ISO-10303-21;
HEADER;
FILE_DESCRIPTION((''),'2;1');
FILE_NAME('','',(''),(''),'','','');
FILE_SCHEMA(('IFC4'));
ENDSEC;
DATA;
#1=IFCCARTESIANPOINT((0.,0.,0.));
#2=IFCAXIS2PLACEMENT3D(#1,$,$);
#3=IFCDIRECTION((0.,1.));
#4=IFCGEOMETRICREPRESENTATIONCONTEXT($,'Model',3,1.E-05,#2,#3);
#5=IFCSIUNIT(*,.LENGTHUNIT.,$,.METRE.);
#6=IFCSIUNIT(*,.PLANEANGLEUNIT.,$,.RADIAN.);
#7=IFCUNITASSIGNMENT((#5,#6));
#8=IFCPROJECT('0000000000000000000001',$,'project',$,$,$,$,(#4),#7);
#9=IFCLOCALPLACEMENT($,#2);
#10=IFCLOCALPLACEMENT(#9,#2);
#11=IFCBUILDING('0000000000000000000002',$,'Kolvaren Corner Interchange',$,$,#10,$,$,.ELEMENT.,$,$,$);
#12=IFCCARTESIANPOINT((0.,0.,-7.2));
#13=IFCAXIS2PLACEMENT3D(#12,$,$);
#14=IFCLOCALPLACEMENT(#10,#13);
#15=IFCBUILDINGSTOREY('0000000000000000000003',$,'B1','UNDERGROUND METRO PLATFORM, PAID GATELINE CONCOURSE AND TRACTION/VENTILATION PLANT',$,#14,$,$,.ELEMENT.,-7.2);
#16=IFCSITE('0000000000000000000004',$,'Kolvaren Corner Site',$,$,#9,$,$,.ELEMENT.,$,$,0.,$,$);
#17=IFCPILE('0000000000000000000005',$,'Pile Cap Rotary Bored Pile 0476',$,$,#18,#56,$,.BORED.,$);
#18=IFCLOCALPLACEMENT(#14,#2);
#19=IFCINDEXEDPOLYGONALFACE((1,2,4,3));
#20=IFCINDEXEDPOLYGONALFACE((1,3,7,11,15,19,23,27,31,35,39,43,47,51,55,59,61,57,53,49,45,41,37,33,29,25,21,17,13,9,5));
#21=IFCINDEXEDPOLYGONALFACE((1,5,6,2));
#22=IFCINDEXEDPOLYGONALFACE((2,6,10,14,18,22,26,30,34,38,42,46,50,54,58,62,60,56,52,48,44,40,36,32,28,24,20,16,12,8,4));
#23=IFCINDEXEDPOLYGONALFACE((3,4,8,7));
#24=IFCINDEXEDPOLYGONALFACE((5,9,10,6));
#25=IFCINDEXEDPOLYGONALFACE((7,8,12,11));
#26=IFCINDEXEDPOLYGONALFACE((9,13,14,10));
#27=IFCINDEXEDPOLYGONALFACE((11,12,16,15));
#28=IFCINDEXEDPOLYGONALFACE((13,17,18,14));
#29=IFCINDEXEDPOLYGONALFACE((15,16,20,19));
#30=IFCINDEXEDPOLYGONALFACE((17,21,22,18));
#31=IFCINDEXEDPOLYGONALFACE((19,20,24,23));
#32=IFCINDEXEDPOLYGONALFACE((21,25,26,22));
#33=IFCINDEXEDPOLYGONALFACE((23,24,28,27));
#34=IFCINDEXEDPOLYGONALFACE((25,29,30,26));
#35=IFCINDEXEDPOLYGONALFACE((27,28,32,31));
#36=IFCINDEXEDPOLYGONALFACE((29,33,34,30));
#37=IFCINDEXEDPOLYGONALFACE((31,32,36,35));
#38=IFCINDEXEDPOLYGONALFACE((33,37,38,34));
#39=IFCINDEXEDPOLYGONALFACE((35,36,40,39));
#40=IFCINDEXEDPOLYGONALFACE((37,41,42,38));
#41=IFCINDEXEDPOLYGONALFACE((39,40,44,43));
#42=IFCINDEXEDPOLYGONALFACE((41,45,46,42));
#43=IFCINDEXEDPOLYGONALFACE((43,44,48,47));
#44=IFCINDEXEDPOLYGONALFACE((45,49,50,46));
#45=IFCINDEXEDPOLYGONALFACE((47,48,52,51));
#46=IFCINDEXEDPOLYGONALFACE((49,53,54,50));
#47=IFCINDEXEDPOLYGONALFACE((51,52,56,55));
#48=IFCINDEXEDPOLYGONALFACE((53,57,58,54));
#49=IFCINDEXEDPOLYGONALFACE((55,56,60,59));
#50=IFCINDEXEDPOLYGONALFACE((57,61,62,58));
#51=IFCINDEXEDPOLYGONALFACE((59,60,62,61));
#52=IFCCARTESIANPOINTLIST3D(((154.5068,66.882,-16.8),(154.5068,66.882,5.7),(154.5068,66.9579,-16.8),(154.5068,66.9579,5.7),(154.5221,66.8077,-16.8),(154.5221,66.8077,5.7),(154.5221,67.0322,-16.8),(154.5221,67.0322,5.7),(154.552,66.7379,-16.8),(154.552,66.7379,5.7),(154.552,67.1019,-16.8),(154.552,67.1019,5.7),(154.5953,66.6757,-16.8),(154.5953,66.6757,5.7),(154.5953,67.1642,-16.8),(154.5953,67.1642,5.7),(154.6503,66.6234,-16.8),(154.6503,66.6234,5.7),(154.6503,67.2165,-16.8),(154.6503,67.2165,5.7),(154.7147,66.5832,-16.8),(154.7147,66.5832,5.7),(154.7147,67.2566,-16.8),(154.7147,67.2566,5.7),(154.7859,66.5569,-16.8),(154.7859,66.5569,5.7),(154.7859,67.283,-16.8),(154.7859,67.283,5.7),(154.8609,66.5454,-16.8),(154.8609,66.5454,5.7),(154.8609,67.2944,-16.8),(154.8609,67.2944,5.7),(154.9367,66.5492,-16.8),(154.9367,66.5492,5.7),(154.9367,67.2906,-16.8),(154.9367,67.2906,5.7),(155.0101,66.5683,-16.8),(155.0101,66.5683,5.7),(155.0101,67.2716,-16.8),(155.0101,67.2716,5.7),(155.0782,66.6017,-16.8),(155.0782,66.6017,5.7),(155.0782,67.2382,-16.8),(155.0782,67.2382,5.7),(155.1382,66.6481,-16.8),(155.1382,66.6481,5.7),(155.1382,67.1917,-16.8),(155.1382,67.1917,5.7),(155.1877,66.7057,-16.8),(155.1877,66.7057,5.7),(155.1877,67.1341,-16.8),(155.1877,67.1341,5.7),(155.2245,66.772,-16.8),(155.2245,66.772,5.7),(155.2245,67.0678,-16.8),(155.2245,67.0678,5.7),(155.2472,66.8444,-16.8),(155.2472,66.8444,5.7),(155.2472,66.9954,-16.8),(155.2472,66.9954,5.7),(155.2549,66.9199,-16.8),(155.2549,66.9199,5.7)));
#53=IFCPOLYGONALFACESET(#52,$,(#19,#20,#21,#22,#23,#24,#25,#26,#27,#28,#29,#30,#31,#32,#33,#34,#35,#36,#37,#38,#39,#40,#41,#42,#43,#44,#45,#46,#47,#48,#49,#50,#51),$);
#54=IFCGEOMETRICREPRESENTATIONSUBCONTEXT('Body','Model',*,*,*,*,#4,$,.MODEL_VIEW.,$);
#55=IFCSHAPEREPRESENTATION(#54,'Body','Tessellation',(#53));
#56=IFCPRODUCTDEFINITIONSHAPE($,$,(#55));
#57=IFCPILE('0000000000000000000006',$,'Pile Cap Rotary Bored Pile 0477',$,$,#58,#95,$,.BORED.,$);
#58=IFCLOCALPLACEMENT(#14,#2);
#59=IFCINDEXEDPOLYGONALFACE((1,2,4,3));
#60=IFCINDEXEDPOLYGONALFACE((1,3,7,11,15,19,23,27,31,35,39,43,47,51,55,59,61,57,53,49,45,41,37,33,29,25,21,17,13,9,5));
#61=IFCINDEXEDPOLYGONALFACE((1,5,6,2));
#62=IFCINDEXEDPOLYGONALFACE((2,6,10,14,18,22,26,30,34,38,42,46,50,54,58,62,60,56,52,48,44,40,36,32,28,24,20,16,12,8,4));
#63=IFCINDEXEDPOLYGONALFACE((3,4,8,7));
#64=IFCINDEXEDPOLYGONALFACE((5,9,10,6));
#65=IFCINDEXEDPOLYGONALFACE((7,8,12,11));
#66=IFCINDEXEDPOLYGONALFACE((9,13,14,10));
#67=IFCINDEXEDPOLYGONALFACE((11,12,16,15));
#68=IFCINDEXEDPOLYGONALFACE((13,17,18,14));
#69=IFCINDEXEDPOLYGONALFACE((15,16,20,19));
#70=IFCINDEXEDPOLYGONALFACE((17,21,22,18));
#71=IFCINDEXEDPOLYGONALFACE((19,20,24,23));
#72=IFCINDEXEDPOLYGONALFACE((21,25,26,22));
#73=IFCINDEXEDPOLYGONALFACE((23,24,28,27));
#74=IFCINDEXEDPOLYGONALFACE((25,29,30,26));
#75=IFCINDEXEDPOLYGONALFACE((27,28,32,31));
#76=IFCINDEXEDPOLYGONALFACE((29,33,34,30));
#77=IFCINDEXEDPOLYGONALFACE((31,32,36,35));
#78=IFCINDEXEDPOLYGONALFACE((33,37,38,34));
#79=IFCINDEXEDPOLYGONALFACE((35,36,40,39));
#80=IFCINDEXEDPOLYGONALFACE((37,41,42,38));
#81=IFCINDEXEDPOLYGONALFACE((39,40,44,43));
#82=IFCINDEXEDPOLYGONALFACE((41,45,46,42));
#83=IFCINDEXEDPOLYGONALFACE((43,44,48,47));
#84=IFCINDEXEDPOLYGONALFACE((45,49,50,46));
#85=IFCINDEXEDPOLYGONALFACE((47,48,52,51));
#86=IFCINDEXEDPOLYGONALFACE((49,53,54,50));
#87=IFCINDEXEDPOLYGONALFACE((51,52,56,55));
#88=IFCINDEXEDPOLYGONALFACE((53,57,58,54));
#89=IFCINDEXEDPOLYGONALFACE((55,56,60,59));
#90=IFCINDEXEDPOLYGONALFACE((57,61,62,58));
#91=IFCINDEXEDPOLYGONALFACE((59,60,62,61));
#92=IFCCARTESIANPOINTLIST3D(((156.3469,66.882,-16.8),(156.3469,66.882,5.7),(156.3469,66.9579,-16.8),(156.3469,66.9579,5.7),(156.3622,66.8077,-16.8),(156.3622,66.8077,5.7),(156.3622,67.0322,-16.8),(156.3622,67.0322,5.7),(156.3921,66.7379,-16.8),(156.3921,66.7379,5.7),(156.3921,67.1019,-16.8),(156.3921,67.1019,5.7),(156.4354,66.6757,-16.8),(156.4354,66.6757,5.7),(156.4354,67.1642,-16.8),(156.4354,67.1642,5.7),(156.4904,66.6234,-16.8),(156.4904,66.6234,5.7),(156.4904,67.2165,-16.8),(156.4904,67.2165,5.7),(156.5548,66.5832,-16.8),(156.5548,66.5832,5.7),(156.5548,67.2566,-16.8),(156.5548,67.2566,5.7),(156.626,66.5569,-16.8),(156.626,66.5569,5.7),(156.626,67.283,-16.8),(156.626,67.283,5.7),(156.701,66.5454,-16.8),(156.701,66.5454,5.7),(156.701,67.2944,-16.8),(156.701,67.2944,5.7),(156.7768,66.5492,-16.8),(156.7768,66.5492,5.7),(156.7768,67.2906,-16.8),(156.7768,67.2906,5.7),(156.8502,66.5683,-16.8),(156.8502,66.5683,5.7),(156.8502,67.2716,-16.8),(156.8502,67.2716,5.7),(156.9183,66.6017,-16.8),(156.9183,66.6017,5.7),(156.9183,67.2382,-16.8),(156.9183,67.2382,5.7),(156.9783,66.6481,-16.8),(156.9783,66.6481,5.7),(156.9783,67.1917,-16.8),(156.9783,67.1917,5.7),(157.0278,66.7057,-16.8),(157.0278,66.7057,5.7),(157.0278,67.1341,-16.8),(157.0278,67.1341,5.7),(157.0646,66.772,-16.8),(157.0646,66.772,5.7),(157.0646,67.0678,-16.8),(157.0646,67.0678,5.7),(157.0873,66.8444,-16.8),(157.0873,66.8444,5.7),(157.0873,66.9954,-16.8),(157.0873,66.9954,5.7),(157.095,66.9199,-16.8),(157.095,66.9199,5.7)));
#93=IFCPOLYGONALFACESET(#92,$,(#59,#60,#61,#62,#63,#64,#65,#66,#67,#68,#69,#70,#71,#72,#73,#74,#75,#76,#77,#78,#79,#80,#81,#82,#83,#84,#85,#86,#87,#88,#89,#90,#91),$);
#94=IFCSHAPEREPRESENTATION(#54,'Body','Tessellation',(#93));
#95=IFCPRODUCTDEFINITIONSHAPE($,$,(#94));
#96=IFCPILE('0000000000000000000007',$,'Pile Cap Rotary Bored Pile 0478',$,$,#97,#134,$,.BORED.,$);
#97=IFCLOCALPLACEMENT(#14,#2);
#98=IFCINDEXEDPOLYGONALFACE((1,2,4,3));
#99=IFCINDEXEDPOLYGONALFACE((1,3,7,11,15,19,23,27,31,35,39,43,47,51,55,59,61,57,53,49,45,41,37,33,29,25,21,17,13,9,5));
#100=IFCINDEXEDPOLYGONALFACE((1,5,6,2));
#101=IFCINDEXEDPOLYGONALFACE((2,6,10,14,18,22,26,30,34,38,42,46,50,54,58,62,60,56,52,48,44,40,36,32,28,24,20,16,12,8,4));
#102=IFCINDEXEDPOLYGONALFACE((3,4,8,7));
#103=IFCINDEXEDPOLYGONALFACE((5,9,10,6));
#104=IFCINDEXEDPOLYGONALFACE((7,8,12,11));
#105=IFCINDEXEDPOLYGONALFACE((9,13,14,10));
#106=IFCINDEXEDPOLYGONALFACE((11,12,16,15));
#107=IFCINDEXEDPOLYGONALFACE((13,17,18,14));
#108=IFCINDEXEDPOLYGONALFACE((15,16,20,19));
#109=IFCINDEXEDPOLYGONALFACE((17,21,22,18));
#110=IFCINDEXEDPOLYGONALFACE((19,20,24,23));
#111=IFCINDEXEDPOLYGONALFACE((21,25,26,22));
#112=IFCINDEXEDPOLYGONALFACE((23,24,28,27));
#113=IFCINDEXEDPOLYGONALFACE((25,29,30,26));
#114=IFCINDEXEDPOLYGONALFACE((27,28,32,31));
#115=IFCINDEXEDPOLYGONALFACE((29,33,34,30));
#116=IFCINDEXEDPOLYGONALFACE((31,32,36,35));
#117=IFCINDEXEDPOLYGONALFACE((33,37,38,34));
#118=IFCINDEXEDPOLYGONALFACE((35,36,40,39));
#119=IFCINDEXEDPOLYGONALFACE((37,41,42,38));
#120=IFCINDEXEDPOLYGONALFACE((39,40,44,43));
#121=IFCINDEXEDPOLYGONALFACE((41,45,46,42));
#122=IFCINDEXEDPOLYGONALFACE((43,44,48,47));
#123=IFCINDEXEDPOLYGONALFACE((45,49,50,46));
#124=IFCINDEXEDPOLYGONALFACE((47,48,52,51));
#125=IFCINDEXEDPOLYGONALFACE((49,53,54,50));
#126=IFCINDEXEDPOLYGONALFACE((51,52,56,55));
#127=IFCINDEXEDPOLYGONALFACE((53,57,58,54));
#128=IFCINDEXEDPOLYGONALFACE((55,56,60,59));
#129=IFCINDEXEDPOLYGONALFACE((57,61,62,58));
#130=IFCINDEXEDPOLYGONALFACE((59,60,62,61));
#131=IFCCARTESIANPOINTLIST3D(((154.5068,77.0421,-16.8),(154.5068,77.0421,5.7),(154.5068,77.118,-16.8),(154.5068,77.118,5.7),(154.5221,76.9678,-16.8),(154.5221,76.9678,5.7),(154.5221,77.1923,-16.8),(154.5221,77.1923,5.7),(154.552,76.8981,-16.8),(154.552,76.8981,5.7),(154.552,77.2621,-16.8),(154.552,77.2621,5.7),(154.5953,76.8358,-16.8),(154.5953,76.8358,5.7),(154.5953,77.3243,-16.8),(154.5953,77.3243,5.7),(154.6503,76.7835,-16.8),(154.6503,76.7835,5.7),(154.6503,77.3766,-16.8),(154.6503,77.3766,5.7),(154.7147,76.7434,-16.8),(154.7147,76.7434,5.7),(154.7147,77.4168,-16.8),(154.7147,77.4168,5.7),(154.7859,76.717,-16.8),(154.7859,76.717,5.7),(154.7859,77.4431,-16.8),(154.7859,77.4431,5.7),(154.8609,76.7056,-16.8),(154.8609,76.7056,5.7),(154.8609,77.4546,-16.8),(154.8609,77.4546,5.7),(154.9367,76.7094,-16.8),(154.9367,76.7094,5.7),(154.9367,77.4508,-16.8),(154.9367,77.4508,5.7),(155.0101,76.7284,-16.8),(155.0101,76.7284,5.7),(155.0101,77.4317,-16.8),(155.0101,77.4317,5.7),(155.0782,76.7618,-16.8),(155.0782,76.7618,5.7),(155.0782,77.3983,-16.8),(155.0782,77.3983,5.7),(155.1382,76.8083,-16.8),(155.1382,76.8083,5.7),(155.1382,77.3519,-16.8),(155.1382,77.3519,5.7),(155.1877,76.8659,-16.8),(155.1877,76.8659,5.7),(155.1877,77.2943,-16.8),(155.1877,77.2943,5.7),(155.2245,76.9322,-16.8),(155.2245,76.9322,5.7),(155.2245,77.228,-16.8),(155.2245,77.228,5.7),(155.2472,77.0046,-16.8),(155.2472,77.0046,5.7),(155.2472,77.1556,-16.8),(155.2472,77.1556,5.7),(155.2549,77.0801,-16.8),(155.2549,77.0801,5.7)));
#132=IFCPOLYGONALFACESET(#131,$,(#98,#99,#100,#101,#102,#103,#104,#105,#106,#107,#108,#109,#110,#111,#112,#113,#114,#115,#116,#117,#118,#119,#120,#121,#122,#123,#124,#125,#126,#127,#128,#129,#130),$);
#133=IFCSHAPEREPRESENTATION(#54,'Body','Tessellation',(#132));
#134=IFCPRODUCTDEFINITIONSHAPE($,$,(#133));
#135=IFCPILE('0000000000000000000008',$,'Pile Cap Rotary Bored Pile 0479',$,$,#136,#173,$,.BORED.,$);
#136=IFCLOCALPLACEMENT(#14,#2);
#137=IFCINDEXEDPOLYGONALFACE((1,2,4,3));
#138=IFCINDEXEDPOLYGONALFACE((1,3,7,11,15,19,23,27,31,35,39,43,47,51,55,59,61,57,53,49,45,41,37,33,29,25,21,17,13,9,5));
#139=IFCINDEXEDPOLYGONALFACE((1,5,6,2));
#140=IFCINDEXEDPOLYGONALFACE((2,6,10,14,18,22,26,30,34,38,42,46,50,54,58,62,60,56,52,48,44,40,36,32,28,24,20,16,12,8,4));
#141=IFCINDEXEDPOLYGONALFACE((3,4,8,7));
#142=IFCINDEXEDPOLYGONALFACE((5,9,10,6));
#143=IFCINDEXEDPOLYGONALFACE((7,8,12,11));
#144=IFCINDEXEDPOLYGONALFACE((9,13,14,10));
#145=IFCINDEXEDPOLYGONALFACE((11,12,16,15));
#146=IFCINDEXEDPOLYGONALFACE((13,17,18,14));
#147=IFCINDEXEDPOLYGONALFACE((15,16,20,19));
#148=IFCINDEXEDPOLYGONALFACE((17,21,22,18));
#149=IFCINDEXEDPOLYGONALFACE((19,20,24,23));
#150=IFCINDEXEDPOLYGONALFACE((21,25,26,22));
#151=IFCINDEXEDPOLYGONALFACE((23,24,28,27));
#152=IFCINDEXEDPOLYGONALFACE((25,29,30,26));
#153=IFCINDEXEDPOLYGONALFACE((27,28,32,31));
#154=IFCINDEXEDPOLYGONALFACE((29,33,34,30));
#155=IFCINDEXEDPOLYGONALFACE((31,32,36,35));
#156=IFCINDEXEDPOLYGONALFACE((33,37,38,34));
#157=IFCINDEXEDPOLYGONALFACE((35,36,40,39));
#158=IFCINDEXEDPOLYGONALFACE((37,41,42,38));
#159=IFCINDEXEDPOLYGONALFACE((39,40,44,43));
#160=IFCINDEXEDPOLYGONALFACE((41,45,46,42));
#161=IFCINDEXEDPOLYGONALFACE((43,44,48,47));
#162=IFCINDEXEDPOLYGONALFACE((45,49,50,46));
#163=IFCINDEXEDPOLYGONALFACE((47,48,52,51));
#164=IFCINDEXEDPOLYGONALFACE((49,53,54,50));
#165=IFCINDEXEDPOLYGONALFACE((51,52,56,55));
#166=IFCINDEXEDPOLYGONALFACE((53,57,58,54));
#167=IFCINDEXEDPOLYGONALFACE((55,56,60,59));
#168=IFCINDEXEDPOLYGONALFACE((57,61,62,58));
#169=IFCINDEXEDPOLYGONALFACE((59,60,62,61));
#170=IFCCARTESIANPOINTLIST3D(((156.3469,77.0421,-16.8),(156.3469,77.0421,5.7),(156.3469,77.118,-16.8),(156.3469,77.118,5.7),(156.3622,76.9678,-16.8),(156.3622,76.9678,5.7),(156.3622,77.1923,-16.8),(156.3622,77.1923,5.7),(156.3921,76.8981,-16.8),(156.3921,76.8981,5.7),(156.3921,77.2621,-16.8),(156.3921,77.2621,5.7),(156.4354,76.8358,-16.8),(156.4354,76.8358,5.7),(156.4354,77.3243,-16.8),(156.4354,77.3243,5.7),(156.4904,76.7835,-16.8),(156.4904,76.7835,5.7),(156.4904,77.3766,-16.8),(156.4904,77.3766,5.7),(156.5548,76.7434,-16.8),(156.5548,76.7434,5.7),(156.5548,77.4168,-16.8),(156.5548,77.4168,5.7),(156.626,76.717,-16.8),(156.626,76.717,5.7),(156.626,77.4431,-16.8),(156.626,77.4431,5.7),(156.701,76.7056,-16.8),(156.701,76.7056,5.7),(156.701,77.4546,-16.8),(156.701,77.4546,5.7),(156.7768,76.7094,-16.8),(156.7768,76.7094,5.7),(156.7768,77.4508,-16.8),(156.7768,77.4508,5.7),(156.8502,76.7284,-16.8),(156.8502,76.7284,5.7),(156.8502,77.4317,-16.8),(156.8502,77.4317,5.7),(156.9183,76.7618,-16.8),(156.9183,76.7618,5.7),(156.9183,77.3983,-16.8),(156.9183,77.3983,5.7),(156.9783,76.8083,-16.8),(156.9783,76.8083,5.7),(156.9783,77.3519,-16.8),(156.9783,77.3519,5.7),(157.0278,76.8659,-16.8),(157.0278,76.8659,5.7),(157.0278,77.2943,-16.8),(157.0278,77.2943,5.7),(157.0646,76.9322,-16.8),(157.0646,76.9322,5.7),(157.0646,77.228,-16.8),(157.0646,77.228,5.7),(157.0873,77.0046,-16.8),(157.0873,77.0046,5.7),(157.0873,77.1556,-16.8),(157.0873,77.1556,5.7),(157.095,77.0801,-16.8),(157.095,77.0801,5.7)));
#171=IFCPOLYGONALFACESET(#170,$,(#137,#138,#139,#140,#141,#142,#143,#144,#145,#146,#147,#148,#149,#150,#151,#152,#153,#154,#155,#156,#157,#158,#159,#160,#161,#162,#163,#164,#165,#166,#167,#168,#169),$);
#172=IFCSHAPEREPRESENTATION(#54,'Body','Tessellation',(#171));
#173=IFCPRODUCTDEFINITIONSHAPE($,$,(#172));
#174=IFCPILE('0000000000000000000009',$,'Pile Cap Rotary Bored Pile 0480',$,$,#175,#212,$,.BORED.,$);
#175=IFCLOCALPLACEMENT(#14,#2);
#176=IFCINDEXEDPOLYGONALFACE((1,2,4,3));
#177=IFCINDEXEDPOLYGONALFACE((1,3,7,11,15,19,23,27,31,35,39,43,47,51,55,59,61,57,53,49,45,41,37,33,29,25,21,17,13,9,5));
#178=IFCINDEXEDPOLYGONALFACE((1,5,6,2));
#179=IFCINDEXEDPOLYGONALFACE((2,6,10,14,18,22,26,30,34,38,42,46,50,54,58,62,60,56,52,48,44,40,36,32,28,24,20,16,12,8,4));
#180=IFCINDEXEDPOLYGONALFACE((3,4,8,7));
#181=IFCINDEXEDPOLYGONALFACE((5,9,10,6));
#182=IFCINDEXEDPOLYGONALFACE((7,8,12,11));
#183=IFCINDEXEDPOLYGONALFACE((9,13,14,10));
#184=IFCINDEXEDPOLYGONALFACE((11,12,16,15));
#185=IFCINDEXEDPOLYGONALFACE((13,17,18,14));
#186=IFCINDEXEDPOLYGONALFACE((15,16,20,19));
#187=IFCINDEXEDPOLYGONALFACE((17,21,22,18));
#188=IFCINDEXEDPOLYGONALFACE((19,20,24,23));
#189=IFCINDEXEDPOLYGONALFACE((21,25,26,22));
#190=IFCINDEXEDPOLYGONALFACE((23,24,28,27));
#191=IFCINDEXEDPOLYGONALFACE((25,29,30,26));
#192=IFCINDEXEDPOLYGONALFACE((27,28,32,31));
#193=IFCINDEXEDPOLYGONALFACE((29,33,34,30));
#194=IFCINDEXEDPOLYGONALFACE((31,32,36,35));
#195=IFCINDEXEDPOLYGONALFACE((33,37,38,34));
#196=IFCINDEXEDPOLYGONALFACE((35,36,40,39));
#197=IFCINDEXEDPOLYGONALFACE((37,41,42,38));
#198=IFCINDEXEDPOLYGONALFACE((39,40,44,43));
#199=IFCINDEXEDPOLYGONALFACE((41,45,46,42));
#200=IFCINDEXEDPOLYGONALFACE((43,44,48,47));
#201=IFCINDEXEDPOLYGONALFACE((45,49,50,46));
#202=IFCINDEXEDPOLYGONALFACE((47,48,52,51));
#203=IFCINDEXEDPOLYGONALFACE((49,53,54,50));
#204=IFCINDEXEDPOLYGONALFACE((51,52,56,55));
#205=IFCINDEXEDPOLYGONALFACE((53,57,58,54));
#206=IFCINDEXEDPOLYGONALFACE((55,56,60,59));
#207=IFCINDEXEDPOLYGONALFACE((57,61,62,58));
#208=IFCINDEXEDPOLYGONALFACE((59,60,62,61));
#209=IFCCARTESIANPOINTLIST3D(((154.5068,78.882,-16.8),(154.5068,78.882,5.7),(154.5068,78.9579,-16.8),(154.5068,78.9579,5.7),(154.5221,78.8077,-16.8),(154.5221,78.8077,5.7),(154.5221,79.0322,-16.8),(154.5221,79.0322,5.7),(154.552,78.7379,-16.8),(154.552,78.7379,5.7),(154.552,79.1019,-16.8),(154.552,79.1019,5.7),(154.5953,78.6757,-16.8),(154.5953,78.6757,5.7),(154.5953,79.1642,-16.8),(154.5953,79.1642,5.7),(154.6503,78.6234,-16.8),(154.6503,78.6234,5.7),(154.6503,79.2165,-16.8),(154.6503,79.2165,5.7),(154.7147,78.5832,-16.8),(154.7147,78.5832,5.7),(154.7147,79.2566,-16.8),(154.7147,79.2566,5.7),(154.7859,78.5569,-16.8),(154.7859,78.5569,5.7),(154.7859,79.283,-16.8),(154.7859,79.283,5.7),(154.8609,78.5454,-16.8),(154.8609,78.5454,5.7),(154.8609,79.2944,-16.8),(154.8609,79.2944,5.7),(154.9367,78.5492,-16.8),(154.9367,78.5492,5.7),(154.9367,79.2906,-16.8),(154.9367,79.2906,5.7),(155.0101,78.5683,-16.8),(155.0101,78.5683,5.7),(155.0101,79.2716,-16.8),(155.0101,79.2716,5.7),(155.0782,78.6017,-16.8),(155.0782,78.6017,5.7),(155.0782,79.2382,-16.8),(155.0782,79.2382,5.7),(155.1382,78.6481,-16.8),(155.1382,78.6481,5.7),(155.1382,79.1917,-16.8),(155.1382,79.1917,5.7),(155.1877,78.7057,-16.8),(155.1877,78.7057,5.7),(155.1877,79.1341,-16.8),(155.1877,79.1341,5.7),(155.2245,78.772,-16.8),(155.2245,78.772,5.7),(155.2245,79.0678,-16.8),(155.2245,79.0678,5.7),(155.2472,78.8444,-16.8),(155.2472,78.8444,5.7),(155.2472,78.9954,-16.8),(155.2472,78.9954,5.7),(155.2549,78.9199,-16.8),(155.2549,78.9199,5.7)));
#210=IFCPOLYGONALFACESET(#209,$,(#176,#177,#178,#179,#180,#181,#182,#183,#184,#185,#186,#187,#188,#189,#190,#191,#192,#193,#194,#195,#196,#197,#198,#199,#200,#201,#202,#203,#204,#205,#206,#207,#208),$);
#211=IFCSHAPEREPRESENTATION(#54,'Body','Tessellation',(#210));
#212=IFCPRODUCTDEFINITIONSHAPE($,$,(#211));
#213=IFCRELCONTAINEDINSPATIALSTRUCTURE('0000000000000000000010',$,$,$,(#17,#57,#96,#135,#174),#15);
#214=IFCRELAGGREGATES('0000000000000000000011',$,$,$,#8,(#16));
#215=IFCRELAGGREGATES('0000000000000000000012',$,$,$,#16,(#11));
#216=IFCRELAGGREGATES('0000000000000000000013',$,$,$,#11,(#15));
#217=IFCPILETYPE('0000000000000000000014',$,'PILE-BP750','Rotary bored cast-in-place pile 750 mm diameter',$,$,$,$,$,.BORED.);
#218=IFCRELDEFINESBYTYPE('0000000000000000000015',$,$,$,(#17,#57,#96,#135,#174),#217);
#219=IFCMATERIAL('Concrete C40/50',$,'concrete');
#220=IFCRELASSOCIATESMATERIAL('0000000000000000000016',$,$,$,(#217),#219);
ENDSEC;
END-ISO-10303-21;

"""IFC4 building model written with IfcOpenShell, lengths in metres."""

from ifc_helpers import new_model, si_unit, direction, frame, origin, origin_2d, place, context, subcontext, project, spatial, circle, extrude, material, material_profile, profile_set, type_object, element, save


model = new_model("IFC4")

# Units and contexts
model_context = context("Model", 3, precision=1e-05, world=origin(), true_north=direction((0.0, 1.0)))
body_context = subcontext(model_context, "Body", "Model", "MODEL_VIEW")
ifc_project = project(units=[si_unit("LENGTHUNIT", "METRE"), si_unit("PLANEANGLEUNIT", "RADIAN")], contexts=[model_context])

# Site, building, storey
site_placement = place(None, origin())
site = spatial("IfcSite", under=ifc_project, at=site_placement, Name="Kolvaren Corner Site", CompositionType="ELEMENT", RefElevation=0.0)
building_placement = place(site_placement, origin())
building = spatial("IfcBuilding", under=site, at=building_placement, Name="Kolvaren Corner Interchange", CompositionType="ELEMENT")
storey_placement = place(building_placement, frame((0.0, 0.0, -7.2)))
storey = spatial("IfcBuildingStorey", under=building, at=storey_placement, Name="B1", Description="UNDERGROUND METRO PLATFORM, PAID GATELINE CONCOURSE AND TRACTION/VENTILATION PLANT", CompositionType="ELEMENT", Elevation=-7.2)

# Piles
ifc_material_1 = material(Name="Concrete C40/50", Category="concrete")
ifc_material_profile_1 = material_profile(ifc_material_1, circle(Radius=0.375, at=origin_2d()), Name="BORED PILE 750")
ifc_profile_set_1 = profile_set([ifc_material_profile_1], Name="Concrete C40/50")
pile_type_1 = type_object("IfcPileType", Name="PILE-BP750", Description="Rotary bored cast-in-place pile 750 mm diameter", PredefinedType="BORED", material=ifc_profile_set_1)
for number, where, z_axis, x_axis, name in (
    (1, (154.8799, 66.9199, 5.7), (0.0, 0.0, -1.0), (1.0, 0.0, 0.0), "Pile Cap Rotary Bored Pile 0476"),
    (2, (156.72, 66.9199, 5.7), (0.0, 0.0, -1.0), (1.0, 0.0, 0.0), "Pile Cap Rotary Bored Pile 0477"),
    (3, (154.8799, 77.0801, 5.7), (0.0, 0.0, -1.0), (1.0, 0.0, 0.0), "Pile Cap Rotary Bored Pile 0478"),
    (4, (156.72, 77.0801, 5.7), (0.0, 0.0, -1.0), (1.0, 0.0, 0.0), "Pile Cap Rotary Bored Pile 0479"),
    (5, (154.8799, 78.9199, 5.7), (0.0, 0.0, -1.0), (1.0, 0.0, 0.0), "Pile Cap Rotary Bored Pile 0480"),
):
    element("IfcPile", number, at=place(storey_placement, frame(where, z_axis=z_axis, x_axis=x_axis)), inside=storey, type_object=pile_type_1, Name=name, PredefinedType="BORED", context=body_context, shape_type="SweptSolid", body=[
        extrude(circle(Radius=0.375, at=origin_2d()), origin(), (0.0, 0.0, 1.0), 22.5),
    ])

save(model, "model.ifc")
